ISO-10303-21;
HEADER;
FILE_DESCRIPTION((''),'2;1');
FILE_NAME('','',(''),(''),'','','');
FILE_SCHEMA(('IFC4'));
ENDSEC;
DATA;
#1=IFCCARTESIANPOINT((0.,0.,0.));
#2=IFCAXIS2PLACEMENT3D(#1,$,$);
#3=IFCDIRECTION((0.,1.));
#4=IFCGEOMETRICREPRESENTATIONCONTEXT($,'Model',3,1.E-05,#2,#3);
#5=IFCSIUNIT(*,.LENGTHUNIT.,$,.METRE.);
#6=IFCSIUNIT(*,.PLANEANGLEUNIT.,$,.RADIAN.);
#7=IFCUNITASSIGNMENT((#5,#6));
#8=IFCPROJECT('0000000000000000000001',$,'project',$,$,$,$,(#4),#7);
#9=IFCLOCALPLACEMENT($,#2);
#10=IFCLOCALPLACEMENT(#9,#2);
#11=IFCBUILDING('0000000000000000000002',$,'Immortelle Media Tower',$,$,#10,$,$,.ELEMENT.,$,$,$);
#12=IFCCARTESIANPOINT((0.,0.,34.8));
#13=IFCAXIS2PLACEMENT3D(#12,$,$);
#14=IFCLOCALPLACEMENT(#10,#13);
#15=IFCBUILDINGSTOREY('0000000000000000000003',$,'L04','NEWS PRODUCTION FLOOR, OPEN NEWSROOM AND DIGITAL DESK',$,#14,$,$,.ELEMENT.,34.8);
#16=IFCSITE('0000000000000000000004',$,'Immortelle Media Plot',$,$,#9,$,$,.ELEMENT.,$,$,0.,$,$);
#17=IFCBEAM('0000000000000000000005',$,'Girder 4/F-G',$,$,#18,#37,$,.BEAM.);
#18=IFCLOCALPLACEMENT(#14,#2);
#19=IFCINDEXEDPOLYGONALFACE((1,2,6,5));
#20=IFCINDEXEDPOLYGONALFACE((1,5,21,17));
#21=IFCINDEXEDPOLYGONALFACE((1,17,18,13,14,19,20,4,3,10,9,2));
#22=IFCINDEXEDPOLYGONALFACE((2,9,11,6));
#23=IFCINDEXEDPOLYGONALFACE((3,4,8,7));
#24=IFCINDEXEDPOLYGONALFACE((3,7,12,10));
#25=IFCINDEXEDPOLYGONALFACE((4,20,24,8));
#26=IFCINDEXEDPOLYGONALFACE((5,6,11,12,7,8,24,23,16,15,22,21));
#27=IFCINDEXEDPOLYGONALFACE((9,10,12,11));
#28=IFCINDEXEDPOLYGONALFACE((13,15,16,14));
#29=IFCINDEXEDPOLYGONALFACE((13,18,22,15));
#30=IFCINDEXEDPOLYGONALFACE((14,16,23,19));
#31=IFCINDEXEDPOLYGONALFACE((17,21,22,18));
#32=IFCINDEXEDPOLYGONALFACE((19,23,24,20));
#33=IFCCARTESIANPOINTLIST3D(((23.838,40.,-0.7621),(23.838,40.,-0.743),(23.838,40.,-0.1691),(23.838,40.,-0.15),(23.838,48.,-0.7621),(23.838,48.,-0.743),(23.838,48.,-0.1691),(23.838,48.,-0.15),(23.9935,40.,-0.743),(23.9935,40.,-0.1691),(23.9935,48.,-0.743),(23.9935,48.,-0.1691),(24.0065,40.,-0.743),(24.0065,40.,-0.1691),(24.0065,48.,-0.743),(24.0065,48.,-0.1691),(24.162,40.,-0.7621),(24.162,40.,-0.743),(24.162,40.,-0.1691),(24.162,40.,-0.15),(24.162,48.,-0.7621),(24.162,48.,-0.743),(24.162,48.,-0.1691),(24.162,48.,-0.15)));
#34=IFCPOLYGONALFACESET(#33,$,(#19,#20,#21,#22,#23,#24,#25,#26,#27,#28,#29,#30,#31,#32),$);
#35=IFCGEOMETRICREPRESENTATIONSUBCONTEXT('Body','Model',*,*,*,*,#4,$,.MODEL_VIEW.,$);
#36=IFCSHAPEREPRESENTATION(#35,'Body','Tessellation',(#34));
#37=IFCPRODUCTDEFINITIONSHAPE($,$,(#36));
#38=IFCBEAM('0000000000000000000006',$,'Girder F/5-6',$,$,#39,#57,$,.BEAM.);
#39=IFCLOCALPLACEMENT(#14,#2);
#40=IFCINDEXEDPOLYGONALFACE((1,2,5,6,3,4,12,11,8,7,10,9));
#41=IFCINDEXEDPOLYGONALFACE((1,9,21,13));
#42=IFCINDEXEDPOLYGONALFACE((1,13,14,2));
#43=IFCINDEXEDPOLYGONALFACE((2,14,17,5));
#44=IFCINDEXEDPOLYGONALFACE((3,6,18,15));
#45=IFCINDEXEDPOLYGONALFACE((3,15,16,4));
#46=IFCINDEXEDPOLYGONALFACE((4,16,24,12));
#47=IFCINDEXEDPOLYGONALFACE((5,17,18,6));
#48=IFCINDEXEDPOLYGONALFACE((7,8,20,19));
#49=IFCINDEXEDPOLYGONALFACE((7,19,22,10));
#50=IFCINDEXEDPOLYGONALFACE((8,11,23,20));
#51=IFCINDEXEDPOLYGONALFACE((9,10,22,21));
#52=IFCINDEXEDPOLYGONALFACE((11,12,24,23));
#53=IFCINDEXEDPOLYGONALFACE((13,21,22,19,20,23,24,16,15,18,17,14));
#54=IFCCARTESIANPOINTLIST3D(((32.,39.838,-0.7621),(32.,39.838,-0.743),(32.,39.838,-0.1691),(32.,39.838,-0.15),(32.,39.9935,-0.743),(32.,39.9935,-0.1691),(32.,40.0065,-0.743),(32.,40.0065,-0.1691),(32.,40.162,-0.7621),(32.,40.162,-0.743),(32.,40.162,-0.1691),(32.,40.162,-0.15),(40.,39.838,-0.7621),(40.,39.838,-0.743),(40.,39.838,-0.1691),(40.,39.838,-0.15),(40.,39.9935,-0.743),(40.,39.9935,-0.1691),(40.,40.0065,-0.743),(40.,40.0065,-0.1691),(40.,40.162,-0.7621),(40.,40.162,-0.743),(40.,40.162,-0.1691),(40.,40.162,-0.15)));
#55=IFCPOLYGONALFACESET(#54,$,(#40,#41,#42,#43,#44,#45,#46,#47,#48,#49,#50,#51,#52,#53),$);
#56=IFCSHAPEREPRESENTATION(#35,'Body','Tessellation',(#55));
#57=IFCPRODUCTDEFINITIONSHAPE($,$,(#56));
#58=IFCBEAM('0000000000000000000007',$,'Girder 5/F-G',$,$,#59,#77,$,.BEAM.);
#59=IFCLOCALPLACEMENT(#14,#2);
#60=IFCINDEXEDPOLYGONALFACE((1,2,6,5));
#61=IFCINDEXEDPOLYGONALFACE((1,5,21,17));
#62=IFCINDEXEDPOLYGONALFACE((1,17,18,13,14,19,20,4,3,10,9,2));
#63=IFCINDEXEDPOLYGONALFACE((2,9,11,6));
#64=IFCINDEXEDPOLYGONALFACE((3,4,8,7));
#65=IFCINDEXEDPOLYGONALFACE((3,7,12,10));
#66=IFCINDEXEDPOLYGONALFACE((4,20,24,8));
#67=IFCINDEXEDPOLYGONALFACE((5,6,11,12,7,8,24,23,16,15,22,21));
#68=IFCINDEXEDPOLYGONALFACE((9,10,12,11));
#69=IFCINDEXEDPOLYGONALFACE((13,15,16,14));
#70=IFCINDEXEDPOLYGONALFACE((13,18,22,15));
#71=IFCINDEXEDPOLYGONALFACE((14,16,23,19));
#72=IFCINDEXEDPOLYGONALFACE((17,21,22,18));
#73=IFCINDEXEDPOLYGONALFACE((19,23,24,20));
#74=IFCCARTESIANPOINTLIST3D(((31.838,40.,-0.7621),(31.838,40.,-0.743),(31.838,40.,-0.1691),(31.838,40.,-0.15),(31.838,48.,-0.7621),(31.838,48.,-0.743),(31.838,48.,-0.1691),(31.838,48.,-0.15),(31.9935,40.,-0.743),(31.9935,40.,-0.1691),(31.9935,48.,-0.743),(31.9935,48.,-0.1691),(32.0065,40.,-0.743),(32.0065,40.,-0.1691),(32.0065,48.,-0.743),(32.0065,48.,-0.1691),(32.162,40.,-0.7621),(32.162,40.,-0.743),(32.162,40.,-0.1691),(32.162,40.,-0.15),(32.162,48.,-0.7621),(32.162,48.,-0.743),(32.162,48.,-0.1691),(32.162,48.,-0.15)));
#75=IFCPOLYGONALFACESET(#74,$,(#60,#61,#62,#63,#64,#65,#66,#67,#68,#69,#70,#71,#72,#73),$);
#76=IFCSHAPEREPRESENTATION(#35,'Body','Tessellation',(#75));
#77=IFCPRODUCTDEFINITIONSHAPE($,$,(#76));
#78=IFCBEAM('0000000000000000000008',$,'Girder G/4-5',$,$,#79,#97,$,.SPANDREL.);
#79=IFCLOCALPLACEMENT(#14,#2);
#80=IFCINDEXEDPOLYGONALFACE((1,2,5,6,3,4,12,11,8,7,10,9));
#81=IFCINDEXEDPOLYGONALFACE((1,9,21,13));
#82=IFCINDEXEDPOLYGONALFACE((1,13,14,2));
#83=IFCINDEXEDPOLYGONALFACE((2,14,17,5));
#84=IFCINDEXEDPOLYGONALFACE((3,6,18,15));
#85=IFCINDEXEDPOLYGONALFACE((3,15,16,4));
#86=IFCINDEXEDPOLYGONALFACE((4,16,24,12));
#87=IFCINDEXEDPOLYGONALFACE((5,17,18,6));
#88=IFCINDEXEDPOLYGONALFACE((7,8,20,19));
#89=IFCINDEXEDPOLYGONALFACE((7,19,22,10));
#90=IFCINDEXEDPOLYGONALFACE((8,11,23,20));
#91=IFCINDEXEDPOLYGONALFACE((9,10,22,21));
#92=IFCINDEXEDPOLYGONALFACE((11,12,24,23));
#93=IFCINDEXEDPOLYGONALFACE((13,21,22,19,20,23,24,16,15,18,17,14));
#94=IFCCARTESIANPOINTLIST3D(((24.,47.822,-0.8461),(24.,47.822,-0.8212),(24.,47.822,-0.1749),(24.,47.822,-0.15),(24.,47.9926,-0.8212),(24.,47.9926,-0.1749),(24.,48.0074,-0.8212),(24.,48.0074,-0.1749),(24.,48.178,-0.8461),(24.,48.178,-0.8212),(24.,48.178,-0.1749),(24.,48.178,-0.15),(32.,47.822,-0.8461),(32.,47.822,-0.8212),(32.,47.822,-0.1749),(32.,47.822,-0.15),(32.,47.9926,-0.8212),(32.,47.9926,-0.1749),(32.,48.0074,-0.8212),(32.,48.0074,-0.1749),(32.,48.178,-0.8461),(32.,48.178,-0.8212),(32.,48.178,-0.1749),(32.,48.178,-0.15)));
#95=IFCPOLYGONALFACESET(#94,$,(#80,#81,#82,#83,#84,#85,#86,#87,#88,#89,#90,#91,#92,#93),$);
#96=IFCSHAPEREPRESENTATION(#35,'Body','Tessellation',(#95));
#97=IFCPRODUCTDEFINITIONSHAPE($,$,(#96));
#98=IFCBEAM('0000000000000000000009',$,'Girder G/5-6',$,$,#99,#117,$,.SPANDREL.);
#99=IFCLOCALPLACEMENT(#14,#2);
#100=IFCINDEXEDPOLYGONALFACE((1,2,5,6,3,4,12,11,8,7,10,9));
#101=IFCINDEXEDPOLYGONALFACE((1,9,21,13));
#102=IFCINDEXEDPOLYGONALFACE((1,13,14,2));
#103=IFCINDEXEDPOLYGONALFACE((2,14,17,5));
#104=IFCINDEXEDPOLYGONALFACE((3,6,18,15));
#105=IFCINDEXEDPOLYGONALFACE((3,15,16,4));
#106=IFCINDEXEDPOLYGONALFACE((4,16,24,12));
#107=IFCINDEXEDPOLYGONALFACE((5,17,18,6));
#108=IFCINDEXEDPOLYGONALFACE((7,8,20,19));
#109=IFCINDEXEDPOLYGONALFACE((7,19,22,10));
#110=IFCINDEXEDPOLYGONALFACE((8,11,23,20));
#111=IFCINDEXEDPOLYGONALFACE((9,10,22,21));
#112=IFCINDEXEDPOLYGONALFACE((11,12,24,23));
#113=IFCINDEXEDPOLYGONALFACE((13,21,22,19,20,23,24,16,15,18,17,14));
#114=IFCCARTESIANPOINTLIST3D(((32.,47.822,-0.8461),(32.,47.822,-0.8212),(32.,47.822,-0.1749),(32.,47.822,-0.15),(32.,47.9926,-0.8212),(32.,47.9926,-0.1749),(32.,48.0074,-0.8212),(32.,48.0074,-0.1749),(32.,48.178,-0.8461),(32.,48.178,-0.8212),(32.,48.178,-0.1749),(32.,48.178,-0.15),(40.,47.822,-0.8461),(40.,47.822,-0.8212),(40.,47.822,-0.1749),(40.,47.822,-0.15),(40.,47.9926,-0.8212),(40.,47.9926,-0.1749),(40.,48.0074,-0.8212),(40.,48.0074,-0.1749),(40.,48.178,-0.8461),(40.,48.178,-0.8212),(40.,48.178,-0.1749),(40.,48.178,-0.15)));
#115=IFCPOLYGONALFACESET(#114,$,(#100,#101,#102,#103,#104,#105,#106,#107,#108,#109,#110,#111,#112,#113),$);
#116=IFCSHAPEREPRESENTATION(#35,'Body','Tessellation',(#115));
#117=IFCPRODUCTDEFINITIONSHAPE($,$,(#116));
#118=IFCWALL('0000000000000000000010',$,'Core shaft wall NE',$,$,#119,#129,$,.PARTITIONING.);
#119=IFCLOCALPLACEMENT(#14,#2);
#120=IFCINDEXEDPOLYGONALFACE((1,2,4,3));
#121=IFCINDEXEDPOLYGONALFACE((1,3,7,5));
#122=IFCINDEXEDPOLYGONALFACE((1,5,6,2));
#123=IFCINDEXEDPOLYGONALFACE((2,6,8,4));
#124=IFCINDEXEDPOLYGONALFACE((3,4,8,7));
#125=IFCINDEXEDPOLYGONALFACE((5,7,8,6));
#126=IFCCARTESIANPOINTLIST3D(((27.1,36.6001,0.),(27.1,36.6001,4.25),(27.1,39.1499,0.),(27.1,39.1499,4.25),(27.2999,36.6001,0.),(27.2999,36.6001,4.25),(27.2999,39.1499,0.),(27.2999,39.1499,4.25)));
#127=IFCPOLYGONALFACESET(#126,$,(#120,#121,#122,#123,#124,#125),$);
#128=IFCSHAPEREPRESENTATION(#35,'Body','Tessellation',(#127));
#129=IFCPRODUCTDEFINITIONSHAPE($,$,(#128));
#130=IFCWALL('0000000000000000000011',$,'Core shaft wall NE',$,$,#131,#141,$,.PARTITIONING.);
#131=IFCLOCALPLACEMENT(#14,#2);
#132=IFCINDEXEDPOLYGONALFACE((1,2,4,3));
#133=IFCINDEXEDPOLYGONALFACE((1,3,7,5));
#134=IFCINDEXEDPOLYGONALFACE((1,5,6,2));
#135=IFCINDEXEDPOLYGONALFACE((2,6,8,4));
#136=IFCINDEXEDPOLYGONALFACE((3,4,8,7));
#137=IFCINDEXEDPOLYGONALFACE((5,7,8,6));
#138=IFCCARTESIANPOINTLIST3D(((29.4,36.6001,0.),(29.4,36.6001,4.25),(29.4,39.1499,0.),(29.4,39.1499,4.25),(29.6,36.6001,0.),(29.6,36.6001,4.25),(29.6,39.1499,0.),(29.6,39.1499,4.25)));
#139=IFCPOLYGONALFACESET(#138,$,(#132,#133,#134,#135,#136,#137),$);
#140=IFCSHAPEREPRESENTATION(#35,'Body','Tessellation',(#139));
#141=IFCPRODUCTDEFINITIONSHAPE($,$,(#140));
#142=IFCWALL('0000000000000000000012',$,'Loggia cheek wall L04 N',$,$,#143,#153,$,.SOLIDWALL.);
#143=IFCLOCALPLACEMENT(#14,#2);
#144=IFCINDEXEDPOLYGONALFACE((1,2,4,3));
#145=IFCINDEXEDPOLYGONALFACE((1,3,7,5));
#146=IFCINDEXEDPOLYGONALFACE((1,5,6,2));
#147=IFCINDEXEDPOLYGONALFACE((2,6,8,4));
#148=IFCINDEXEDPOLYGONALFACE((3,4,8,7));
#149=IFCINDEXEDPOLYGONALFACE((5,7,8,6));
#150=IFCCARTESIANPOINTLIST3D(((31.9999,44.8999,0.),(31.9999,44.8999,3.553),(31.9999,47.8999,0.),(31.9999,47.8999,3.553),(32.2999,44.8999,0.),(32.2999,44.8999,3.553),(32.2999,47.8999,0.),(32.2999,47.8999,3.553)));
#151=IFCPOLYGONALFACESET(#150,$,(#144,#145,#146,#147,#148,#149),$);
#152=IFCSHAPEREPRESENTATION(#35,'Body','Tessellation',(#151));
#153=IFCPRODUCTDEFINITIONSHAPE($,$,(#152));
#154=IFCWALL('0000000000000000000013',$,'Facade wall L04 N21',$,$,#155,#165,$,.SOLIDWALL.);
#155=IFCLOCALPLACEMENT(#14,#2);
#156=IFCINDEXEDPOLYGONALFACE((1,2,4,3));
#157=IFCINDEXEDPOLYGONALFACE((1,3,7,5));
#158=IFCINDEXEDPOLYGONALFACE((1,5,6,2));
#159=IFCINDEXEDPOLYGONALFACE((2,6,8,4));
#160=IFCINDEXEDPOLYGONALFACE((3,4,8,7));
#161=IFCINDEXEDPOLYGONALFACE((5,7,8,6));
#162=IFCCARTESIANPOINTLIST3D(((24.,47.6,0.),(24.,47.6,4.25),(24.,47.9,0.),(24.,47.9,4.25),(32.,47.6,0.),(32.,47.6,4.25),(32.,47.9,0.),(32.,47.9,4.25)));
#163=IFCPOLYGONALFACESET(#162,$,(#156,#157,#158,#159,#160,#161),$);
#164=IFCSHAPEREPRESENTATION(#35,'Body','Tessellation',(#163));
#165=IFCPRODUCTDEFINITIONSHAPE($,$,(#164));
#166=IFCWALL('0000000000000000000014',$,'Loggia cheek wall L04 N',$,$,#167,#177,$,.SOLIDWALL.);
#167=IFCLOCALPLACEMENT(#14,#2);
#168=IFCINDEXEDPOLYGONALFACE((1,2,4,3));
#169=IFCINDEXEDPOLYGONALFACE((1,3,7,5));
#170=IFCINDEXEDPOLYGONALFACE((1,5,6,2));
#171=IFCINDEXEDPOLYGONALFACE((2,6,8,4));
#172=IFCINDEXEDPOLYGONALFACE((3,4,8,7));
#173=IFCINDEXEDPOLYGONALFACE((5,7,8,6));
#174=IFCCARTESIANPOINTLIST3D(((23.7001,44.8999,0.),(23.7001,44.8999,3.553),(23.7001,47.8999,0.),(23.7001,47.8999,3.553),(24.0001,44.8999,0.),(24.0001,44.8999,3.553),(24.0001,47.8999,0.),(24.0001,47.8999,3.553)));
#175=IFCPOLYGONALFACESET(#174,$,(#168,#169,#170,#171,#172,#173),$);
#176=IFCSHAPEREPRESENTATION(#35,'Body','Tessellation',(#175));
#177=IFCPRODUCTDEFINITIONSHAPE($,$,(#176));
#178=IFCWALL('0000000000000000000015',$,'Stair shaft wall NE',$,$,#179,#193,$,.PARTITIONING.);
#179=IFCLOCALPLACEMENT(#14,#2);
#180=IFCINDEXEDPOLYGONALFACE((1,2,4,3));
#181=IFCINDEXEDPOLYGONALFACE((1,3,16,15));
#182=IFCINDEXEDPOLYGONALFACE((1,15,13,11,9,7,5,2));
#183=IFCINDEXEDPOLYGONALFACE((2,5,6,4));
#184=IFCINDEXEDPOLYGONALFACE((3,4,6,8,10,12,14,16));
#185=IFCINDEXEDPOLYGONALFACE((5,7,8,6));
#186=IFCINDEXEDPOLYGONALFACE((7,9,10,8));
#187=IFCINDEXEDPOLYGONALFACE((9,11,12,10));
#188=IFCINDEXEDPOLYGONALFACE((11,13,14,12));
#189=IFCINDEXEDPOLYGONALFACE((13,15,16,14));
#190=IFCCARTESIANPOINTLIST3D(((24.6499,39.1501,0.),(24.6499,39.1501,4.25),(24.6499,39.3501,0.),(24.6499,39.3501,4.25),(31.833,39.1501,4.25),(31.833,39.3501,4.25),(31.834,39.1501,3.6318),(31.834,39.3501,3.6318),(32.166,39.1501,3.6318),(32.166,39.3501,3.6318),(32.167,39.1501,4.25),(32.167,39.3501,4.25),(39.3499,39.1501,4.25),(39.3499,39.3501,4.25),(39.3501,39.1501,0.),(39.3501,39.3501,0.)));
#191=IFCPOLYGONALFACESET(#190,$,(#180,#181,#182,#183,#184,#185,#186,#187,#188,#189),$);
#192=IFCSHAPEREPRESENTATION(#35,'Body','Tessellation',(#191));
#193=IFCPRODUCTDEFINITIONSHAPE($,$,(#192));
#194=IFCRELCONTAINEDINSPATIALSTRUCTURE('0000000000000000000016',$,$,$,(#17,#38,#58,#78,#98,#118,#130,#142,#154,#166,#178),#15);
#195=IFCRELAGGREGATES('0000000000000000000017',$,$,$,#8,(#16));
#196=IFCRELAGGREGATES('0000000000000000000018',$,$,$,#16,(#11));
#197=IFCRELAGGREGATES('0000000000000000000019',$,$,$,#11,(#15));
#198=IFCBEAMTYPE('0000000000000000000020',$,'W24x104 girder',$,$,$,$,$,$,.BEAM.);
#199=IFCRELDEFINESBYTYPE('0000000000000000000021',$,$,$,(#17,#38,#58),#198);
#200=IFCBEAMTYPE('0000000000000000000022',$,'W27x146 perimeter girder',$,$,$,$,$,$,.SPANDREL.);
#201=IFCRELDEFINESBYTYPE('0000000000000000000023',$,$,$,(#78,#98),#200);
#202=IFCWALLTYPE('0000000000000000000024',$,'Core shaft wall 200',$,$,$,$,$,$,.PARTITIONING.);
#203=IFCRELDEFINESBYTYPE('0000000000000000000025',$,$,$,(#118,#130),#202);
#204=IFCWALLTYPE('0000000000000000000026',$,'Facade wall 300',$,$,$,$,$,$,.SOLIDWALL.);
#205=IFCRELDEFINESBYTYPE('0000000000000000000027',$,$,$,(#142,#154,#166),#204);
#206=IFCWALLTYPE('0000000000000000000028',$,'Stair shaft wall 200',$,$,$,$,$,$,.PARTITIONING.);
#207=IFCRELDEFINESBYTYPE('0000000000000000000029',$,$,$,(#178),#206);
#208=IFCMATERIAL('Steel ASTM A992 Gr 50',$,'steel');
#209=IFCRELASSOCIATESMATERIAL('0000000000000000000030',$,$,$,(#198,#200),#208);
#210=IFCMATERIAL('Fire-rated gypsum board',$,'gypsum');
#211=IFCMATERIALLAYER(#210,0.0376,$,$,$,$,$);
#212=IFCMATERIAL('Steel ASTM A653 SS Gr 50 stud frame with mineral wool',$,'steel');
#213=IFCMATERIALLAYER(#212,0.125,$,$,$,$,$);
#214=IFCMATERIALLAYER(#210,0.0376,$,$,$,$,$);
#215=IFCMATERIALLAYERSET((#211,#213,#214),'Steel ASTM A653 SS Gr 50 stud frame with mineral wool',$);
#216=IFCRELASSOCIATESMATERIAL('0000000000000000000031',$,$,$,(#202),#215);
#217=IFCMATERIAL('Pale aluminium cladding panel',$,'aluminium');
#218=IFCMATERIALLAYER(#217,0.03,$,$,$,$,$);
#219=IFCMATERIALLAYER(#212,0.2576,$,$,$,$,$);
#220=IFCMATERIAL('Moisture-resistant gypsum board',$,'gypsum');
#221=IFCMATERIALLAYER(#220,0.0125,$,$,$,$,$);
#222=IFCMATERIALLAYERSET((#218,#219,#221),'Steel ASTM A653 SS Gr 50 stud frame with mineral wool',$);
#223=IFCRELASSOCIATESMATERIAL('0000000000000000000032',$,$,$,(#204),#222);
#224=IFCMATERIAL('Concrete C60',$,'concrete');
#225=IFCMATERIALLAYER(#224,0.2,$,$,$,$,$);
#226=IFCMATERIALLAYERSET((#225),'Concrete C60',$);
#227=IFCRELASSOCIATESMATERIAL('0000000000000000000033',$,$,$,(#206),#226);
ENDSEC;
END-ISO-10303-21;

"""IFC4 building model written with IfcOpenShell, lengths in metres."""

from ifc_helpers import new_model, si_unit, direction, frame, frame_2d, origin, origin_2d, place, context, subcontext, project, spatial, polyline, rectangle, i_section, outline, extrude, material, layer, layer_set, material_profile, profile_set, type_object, element, save


model = new_model("IFC4")

# Units and contexts
model_context = context("Model", 3, precision=1e-05, world=origin(), true_north=direction((0.0, 1.0)))
body_context = subcontext(model_context, "Body", "Model", "MODEL_VIEW")
ifc_project = project(units=[si_unit("LENGTHUNIT", "METRE"), si_unit("PLANEANGLEUNIT", "RADIAN")], contexts=[model_context])

# Site, building, storey
site_placement = place(None, origin())
site = spatial("IfcSite", under=ifc_project, at=site_placement, Name="Immortelle Media Plot", CompositionType="ELEMENT", RefElevation=0.0)
building_placement = place(site_placement, origin())
building = spatial("IfcBuilding", under=site, at=building_placement, Name="Immortelle Media Tower", CompositionType="ELEMENT")
storey_placement = place(building_placement, frame((0.0, 0.0, 34.8)))
storey = spatial("IfcBuildingStorey", under=building, at=storey_placement, Name="L04", Description="NEWS PRODUCTION FLOOR, OPEN NEWSROOM AND DIGITAL DESK", CompositionType="ELEMENT", Elevation=34.8)

# Shared definitions
ifc_material_1 = material(Name="Steel ASTM A992 Gr 50", Category="steel")

# Beams
ifc_material_profile_1 = material_profile(ifc_material_1, i_section(OverallWidth=0.324, OverallDepth=0.6121, WebThickness=0.0129, FlangeThickness=0.019, at=origin_2d()), Name="W24x104")
ifc_profile_set_1 = profile_set([ifc_material_profile_1], Name="Steel ASTM A992 Gr 50")
beam_type_1 = type_object("IfcBeamType", Name="W24x104 girder", PredefinedType="BEAM", material=ifc_profile_set_1)
for number, where, z_axis, x_axis, name in (
    (1, (24.0, 40.0, -0.4561), (0.0, 1.0, 0.0), (-1.0, 0.0, 0.0), "Girder 4/F-G"),
    (2, (32.0, 40.0, -0.4561), (1.0, 0.0, 0.0), (0.0, 1.0, 0.0), "Girder F/5-6"),
    (3, (32.0, 40.0, -0.4561), (0.0, 1.0, 0.0), (-1.0, 0.0, 0.0), "Girder 5/F-G"),
):
    element("IfcBeam", number, at=place(storey_placement, frame(where, z_axis=z_axis, x_axis=x_axis)), inside=storey, type_object=beam_type_1, Name=name, PredefinedType="BEAM", context=body_context, shape_type="SweptSolid", body=[
        extrude(i_section(OverallWidth=0.324, OverallDepth=0.6121, WebThickness=0.0129, FlangeThickness=0.019, at=origin_2d()), origin(), (0.0, 0.0, 1.0), 8.0),
    ])
ifc_material_profile_2 = material_profile(ifc_material_1, i_section(OverallWidth=0.356, OverallDepth=0.696, WebThickness=0.0149, FlangeThickness=0.0249, at=origin_2d()), Name="W27x146")
ifc_profile_set_2 = profile_set([ifc_material_profile_2], Name="Steel ASTM A992 Gr 50")
beam_type_2 = type_object("IfcBeamType", Name="W27x146 perimeter girder", PredefinedType="SPANDREL", material=ifc_profile_set_2)
for number, where, z_axis, x_axis, name in (
    (4, (24.0, 48.0, -0.498), (1.0, 0.0, 0.0), (0.0, 1.0, 0.0), "Girder G/4-5"),
    (5, (32.0, 48.0, -0.498), (1.0, 0.0, 0.0), (0.0, 1.0, 0.0), "Girder G/5-6"),
):
    element("IfcBeam", number, at=place(storey_placement, frame(where, z_axis=z_axis, x_axis=x_axis)), inside=storey, type_object=beam_type_2, Name=name, PredefinedType="SPANDREL", context=body_context, shape_type="SweptSolid", body=[
        extrude(i_section(OverallWidth=0.356, OverallDepth=0.696, WebThickness=0.0149, FlangeThickness=0.0249, at=origin_2d()), origin(), (0.0, 0.0, 1.0), 8.0),
    ])

# Walls
ifc_material_2 = material(Name="Fire-rated gypsum board", Category="gypsum")
ifc_layer_1 = layer(ifc_material_2, 0.0376)
ifc_material_3 = material(Name="Steel ASTM A653 SS Gr 50 stud frame with mineral wool", Category="steel")
ifc_layer_2 = layer(ifc_material_3, 0.125)
ifc_layer_3 = layer(ifc_material_2, 0.0376)
ifc_layer_set_1 = layer_set([ifc_layer_1, ifc_layer_2, ifc_layer_3], Name="Steel ASTM A653 SS Gr 50 stud frame with mineral wool")
wall_type_1 = type_object("IfcWallType", Name="Core shaft wall 200", PredefinedType="PARTITIONING", material=ifc_layer_set_1)
for number, where, z_axis, x_axis, name in (
    (6, (27.2, 36.6001, 0.0), (0.0, 0.0, 1.0), (0.0, 1.0, 0.0), "Core shaft wall NE"),
    (7, (29.5, 36.6001, 0.0), (0.0, 0.0, 1.0), (0.0, 1.0, 0.0), "Core shaft wall NE"),
):
    element("IfcWall", number, at=place(storey_placement, frame(where, z_axis=z_axis, x_axis=x_axis)), inside=storey, type_object=wall_type_1, Name=name, PredefinedType="PARTITIONING", context=body_context, shape_type="SweptSolid", body=[
        extrude(rectangle(XDim=2.5498, YDim=0.2, at=frame_2d((1.2749, 0.0))), origin(), (0.0, 0.0, 1.0), 4.25),
    ])
ifc_material_4 = material(Name="Pale aluminium cladding panel", Category="aluminium")
ifc_layer_4 = layer(ifc_material_4, 0.03)
ifc_layer_5 = layer(ifc_material_3, 0.2576)
ifc_material_5 = material(Name="Moisture-resistant gypsum board", Category="gypsum")
ifc_layer_6 = layer(ifc_material_5, 0.0125)
ifc_layer_set_2 = layer_set([ifc_layer_4, ifc_layer_5, ifc_layer_6], Name="Steel ASTM A653 SS Gr 50 stud frame with mineral wool")
wall_type_2 = type_object("IfcWallType", Name="Facade wall 300", PredefinedType="SOLIDWALL", material=ifc_layer_set_2)
wall_1_placement = place(storey_placement, frame((32.1499, 47.8999, 0.0), z_axis=(0.0, 0.0, 1.0), x_axis=(0.0, -1.0, 0.0)))
element("IfcWall", 8, at=wall_1_placement, inside=storey, type_object=wall_type_2, Name="Loggia cheek wall L04 N", PredefinedType="SOLIDWALL", context=body_context, shape_type="SweptSolid", body=[
    extrude(rectangle(XDim=3.0, YDim=0.3, at=frame_2d((1.5, 0.0))), origin(), (0.0, 0.0, 1.0), 3.553),
])
wall_2_placement = place(storey_placement, frame((32.0, 47.75, 0.0), z_axis=(0.0, 0.0, 1.0), x_axis=(-1.0, 0.0, 0.0)))
element("IfcWall", 9, at=wall_2_placement, inside=storey, type_object=wall_type_2, Name="Facade wall L04 N21", PredefinedType="SOLIDWALL", context=body_context, shape_type="SweptSolid", body=[
    extrude(rectangle(XDim=8.0, YDim=0.3, at=frame_2d((4.0, 0.0))), origin(), (0.0, 0.0, 1.0), 4.25),
])

# Walls
wall_3_placement = place(storey_placement, frame((23.8501, 47.8999, 0.0), z_axis=(0.0, 0.0, 1.0), x_axis=(0.0, -1.0, 0.0)))
element("IfcWall", 10, at=wall_3_placement, inside=storey, type_object=wall_type_2, Name="Loggia cheek wall L04 N", PredefinedType="SOLIDWALL", context=body_context, shape_type="SweptSolid", body=[
    extrude(rectangle(XDim=3.0, YDim=0.3, at=frame_2d((1.5, 0.0))), origin(), (0.0, 0.0, 1.0), 3.553),
])
ifc_material_6 = material(Name="Concrete C60", Category="concrete")
ifc_layer_7 = layer(ifc_material_6, 0.2)
ifc_layer_set_3 = layer_set([ifc_layer_7], Name="Concrete C60")
wall_type_3 = type_object("IfcWallType", Name="Stair shaft wall 200", PredefinedType="PARTITIONING", material=ifc_layer_set_3)
wall_4_placement = place(storey_placement, frame((24.6499, 39.25, 0.0), z_axis=(0.0, 0.0, 1.0), x_axis=(1.0, 0.0, 0.0)))
element("IfcWall", 11, at=wall_4_placement, inside=storey, type_object=wall_type_3, Name="Stair shaft wall NE", PredefinedType="PARTITIONING", context=body_context, shape_type="SweptSolid", body=[
    extrude(outline(polyline([(0.0, 0.0), (14.7002, 0.0), (14.7, 4.25), (7.5171, 4.25), (7.5161, 3.6318), (7.1841, 3.6318), (7.1831, 4.25), (0.0, 4.25), (0.0, 0.0)])), frame((0.0, 0.1001, 0.0), z_axis=(0.0, -1.0, 0.0), x_axis=(1.0, 0.0, 0.0)), (0.0, 0.0, 1.0), 0.2),
])

save(model, "model.ifc")
